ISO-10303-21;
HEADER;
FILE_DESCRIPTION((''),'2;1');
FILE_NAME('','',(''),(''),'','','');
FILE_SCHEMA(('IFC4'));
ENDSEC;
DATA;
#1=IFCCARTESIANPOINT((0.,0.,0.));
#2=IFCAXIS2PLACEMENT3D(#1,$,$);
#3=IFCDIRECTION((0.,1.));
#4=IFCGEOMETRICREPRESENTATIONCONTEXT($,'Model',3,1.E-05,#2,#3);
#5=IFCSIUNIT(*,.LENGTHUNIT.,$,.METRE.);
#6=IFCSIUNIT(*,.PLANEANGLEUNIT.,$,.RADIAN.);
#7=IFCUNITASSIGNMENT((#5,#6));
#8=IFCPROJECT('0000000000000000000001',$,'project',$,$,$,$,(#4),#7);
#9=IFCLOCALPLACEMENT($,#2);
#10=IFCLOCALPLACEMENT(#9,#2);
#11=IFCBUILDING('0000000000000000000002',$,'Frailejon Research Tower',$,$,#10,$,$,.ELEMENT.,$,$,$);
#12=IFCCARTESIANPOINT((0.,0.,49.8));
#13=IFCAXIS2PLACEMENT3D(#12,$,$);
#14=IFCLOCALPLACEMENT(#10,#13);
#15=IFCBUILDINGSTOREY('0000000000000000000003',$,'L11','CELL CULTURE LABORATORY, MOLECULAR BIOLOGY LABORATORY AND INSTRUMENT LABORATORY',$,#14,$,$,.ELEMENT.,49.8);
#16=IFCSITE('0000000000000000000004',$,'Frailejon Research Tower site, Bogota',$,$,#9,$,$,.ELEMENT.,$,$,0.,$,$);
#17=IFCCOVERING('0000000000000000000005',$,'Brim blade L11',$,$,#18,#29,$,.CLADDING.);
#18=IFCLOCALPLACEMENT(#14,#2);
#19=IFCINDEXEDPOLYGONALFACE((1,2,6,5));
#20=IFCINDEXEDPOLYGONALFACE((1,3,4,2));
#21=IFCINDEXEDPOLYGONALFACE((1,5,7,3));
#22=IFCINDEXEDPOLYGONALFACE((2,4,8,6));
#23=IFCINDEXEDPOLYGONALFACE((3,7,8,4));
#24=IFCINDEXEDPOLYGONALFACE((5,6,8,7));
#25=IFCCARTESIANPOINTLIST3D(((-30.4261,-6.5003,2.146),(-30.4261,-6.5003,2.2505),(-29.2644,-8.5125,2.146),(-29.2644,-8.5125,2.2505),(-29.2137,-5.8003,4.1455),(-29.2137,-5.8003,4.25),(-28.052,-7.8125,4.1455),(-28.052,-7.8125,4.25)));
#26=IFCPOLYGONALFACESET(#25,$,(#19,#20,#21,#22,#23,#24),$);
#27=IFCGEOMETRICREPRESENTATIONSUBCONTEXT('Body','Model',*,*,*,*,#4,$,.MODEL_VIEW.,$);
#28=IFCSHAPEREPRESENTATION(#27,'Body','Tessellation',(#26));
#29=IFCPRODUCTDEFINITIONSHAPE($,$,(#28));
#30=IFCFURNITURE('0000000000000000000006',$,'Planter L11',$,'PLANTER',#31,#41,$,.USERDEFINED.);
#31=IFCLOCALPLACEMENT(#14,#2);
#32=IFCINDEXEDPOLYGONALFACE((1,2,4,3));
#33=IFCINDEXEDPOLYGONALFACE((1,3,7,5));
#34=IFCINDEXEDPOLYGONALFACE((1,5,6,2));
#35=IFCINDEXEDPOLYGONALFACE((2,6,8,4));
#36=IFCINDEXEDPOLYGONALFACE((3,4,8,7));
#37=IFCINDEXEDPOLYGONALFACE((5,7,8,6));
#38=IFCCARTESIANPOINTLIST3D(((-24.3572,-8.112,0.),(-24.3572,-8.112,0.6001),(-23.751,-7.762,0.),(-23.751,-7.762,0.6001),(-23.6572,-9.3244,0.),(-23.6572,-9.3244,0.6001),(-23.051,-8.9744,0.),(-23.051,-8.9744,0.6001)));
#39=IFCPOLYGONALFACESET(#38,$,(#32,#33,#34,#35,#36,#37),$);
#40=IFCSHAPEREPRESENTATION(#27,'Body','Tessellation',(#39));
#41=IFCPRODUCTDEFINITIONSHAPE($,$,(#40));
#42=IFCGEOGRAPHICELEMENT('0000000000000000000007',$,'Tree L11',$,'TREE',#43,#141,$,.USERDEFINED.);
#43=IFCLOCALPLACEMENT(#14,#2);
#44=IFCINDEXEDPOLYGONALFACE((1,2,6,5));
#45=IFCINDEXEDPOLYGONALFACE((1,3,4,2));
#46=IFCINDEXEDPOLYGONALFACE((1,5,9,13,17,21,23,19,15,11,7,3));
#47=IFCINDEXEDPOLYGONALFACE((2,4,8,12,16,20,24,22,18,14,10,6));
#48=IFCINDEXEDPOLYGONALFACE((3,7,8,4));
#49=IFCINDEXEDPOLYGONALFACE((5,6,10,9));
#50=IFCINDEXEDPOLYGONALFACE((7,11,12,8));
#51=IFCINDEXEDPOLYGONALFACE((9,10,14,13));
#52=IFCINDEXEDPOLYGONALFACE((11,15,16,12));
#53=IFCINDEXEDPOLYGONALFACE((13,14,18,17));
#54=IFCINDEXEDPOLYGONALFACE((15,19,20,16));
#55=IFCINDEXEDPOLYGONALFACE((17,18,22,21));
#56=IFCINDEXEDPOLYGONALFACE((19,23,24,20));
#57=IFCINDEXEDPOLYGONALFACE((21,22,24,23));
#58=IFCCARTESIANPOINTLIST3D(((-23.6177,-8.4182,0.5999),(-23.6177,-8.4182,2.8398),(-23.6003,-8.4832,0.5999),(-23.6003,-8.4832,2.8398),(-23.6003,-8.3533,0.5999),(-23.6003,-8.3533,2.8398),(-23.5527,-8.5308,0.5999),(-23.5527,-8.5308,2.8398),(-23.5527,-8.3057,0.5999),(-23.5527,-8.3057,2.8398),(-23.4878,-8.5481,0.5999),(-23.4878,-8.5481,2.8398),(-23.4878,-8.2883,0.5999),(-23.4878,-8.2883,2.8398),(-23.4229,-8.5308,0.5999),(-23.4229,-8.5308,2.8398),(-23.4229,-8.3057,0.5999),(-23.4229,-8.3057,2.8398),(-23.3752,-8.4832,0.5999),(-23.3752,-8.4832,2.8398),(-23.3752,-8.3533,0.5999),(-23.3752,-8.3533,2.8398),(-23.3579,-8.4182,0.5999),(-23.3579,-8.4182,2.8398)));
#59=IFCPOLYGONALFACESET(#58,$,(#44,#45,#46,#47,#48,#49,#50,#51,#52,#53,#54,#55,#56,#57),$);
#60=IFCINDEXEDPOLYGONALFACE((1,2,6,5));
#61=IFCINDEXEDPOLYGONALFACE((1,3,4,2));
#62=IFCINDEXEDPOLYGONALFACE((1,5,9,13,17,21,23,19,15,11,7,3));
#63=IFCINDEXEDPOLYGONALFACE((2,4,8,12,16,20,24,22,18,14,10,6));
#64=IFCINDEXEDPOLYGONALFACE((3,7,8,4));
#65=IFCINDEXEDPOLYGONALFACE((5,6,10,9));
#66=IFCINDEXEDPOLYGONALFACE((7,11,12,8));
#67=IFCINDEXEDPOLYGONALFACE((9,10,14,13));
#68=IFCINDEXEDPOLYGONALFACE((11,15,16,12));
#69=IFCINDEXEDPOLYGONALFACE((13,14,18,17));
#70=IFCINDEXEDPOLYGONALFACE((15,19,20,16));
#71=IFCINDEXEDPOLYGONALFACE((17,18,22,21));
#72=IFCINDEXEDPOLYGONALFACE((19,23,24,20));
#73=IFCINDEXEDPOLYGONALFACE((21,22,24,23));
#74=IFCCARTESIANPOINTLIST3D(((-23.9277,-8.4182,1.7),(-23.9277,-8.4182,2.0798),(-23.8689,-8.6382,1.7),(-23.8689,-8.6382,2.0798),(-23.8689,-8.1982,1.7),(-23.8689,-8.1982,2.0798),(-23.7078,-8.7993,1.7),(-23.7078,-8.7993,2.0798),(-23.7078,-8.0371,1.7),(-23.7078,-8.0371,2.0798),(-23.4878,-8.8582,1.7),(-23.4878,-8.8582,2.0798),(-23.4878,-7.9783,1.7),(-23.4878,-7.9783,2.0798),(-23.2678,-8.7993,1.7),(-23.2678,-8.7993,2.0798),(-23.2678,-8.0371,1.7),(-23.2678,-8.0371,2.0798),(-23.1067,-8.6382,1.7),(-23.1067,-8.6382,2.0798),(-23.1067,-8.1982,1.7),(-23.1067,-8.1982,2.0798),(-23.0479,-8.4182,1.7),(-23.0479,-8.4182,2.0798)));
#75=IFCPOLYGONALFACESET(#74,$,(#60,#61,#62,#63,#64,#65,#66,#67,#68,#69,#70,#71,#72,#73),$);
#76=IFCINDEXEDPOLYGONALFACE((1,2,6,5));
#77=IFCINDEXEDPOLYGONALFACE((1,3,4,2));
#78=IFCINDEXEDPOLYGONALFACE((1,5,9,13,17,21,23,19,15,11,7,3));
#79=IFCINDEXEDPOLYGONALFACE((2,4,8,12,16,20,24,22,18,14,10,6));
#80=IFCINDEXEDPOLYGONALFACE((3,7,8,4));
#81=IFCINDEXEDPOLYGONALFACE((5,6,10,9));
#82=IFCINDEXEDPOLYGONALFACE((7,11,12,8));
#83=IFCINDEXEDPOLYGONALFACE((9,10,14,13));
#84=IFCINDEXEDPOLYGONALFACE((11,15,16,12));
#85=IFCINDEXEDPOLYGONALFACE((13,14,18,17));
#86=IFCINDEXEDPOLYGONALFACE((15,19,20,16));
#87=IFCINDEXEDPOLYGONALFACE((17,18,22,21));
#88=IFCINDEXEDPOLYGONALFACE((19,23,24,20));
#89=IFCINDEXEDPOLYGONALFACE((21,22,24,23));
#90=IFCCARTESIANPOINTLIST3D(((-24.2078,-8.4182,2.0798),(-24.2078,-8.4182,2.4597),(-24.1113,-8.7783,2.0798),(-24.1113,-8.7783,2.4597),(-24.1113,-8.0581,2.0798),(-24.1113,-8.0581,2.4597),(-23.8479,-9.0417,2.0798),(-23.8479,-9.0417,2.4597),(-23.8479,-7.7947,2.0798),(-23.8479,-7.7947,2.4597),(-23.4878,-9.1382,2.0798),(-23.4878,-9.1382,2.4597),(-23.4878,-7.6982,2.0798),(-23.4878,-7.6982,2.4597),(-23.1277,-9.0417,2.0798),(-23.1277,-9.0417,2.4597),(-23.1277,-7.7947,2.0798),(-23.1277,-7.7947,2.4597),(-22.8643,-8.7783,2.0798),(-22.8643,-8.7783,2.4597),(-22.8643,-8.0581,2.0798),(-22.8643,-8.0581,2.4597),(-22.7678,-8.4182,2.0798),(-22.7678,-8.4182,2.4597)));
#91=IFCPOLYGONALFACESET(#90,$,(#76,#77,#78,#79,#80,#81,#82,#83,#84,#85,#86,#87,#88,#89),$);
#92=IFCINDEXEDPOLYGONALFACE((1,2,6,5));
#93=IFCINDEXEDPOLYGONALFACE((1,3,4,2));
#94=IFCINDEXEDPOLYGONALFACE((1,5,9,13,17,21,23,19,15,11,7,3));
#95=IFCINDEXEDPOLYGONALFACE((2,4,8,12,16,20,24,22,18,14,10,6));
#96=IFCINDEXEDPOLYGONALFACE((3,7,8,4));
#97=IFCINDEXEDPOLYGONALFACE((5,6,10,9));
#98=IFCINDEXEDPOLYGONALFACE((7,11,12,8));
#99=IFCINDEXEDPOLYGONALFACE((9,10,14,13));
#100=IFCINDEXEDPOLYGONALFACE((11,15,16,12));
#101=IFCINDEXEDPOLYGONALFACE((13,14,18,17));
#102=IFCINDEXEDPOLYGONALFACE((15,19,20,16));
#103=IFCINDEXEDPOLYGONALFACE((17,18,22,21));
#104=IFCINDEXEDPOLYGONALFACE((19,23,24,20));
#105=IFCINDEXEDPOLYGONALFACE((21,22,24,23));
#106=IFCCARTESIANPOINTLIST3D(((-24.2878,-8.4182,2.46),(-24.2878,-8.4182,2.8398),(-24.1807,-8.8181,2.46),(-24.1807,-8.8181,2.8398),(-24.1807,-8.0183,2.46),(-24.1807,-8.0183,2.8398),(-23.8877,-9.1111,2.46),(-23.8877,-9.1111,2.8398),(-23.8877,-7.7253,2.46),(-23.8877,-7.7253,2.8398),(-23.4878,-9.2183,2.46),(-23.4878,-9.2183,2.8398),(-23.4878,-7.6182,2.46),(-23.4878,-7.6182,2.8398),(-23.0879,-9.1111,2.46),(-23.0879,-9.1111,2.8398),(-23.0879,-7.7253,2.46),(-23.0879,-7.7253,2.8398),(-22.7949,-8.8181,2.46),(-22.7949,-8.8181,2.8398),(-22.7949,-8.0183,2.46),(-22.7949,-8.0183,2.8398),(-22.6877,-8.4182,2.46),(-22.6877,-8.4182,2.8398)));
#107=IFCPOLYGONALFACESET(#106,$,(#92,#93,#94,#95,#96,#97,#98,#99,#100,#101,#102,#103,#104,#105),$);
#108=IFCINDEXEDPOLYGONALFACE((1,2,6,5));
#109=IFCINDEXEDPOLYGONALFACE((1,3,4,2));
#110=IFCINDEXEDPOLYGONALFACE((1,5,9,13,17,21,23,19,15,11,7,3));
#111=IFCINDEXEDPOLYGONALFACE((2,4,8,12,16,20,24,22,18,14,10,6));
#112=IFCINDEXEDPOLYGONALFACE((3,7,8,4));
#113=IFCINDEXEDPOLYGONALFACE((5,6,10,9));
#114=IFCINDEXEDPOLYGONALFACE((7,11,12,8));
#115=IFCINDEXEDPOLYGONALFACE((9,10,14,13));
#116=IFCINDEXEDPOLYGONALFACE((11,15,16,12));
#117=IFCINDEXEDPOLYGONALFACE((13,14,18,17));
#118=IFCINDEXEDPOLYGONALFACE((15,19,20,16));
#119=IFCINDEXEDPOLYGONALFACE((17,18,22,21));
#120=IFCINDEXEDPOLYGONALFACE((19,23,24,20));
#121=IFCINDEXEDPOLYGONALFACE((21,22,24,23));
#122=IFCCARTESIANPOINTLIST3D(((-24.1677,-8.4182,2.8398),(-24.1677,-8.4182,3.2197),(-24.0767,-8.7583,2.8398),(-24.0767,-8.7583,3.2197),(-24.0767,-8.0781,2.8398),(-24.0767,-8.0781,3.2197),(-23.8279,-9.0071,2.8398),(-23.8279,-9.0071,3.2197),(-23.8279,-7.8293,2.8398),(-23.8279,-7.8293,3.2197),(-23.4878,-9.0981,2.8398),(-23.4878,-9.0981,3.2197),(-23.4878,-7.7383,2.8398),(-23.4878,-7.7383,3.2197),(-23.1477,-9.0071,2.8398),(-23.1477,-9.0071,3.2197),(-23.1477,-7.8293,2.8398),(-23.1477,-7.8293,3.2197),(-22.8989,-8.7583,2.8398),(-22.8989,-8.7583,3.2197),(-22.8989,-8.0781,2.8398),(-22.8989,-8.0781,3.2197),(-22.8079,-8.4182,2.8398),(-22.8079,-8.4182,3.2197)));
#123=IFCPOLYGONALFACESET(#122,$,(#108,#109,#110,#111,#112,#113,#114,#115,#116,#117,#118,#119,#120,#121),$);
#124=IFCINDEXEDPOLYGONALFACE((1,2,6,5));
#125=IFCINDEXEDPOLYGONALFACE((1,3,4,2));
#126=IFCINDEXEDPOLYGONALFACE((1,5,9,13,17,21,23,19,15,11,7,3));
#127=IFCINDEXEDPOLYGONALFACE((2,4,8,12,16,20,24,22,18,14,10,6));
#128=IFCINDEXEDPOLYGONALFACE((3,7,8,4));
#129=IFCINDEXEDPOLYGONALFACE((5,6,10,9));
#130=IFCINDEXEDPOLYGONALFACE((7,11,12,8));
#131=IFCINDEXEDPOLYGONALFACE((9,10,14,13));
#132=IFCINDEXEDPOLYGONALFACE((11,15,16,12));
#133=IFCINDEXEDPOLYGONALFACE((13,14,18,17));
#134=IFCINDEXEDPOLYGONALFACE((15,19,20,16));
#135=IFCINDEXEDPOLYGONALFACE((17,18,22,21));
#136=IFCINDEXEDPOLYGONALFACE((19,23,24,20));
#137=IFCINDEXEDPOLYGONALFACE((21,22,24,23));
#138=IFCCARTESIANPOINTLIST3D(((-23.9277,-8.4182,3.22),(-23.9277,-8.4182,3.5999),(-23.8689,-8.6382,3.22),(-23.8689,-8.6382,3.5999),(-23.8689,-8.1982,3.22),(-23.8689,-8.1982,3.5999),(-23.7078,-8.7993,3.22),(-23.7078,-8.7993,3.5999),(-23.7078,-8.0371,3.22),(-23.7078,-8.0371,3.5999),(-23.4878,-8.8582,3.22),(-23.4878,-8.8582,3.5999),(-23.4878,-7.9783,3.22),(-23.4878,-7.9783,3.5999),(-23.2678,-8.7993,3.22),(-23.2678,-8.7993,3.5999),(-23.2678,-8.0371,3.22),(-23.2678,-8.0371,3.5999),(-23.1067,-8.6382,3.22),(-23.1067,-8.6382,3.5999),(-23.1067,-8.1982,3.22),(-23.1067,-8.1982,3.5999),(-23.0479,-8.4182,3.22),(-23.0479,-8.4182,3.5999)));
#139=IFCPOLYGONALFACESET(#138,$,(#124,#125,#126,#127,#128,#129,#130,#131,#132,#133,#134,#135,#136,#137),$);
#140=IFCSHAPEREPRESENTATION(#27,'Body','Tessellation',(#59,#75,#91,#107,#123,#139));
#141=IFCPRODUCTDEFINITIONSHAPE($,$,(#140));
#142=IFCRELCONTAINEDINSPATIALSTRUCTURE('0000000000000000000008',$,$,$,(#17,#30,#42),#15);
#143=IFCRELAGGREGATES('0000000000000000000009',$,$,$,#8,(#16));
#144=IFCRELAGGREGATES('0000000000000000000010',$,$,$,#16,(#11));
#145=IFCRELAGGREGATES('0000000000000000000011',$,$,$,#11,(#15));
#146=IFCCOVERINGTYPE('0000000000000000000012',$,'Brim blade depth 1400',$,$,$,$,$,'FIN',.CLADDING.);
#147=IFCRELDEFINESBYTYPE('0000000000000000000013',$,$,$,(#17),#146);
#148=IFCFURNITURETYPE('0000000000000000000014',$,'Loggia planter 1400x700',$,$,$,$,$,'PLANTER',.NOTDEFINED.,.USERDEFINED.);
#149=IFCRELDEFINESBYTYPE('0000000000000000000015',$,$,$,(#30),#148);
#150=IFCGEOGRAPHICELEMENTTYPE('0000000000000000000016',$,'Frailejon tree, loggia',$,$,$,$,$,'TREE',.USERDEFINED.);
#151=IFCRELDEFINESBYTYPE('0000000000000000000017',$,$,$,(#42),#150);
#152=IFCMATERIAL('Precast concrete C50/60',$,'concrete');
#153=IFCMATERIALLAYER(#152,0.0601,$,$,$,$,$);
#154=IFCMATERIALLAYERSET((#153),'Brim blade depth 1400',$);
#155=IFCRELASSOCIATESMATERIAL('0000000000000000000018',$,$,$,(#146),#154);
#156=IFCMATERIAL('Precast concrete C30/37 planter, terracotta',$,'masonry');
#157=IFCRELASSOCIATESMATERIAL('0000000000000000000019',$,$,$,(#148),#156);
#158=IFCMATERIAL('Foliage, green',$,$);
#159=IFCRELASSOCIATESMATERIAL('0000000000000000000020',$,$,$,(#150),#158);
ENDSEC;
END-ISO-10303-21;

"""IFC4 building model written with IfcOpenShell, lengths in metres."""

from ifc_helpers import new_model, si_unit, direction, frame, origin, origin_2d, place, context, subcontext, project, spatial, polyline, rectangle, outline, extrude, material, layer, layer_set, type_object, element, save


model = new_model("IFC4")

# Units and contexts
model_context = context("Model", 3, precision=1e-05, world=origin(), true_north=direction((0.0, 1.0)))
body_context = subcontext(model_context, "Body", "Model", "MODEL_VIEW")
ifc_project = project(units=[si_unit("LENGTHUNIT", "METRE"), si_unit("PLANEANGLEUNIT", "RADIAN")], contexts=[model_context])

# Site, building, storey
site_placement = place(None, origin())
site = spatial("IfcSite", under=ifc_project, at=site_placement, Name="Frailejon Research Tower site, Bogota", CompositionType="ELEMENT", RefElevation=0.0)
building_placement = place(site_placement, origin())
building = spatial("IfcBuilding", under=site, at=building_placement, Name="Frailejon Research Tower", CompositionType="ELEMENT")
storey_placement = place(building_placement, frame((0.0, 0.0, 49.8)))
storey = spatial("IfcBuildingStorey", under=building, at=storey_placement, Name="L11", Description="CELL CULTURE LABORATORY, MOLECULAR BIOLOGY LABORATORY AND INSTRUMENT LABORATORY", CompositionType="ELEMENT", Elevation=49.8)

# Covering
ifc_material_1 = material(Name="Precast concrete C50/60", Category="concrete")
ifc_layer_1 = layer(ifc_material_1, 0.0601)
ifc_layer_set_1 = layer_set([ifc_layer_1], Name="Brim blade depth 1400")
covering_type_1 = type_object("IfcCoveringType", Name="Brim blade depth 1400", ElementType="FIN", PredefinedType="CLADDING", material=ifc_layer_set_1)
for number, where, z_axis, x_axis, name in (
    (1, (-28.052, -7.8125, 4.25), (-0.500001, 0.866025, 0.0), (-0.866025, -0.500001, 0.0), "Brim blade L11"),
):
    element("IfcCovering", number, at=place(storey_placement, frame(where, z_axis=z_axis, x_axis=x_axis)), inside=storey, type_object=covering_type_1, Name=name, PredefinedType="CLADDING", context=body_context, shape_type="SweptSolid", body=[
        extrude(outline(polyline([(0.0, -0.1045), (1.3999, -2.104), (1.3999, -1.9995), (0.0, 0.0), (0.0, -0.1045)])), origin(), (0.0, 0.0, 1.0), 2.3235),
    ])

# Furniture
ifc_material_2 = material(Name="Precast concrete C30/37 planter, terracotta", Category="masonry")
furniture_type = type_object("IfcFurnitureType", Name="Loggia planter 1400x700", ElementType="PLANTER", AssemblyPlace="NOTDEFINED", PredefinedType="USERDEFINED", material=ifc_material_2)
furniture_placement = place(storey_placement, frame((-23.7041, -8.5432, 0.0), z_axis=(0.0, 0.0, 1.0), x_axis=(0.5, -0.866025, 0.0)))
element("IfcFurniture", 2, at=furniture_placement, inside=storey, type_object=furniture_type, Name="Planter L11", ObjectType="PLANTER", PredefinedType="USERDEFINED", context=body_context, shape_type="SweptSolid", body=[
    extrude(rectangle(XDim=1.3999, YDim=0.7, at=origin_2d()), origin(), (0.0, 0.0, 1.0), 0.6001),
])

# Geographic element
ifc_material_3 = material(Name="Foliage, green")
geographic_element_type = type_object("IfcGeographicElementType", Name="Frailejon tree, loggia", ElementType="TREE", PredefinedType="USERDEFINED", material=ifc_material_3)
geographic_element_placement = place(storey_placement, frame((-23.4878, -8.4182, 0.5999)))
element("IfcGeographicElement", 3, at=geographic_element_placement, inside=storey, type_object=geographic_element_type, Name="Tree L11", ObjectType="TREE", PredefinedType="USERDEFINED", context=body_context, shape_type="SweptSolid", body=[
    extrude(outline(polyline([(0.1299, 0.0), (0.1125, 0.0649), (0.0649, 0.1125), (0.0, 0.1299), (-0.0649, 0.1125), (-0.1125, 0.0649), (-0.1299, 0.0), (-0.1125, -0.0649), (-0.0649, -0.1125), (0.0, -0.1299), (0.0649, -0.1125), (0.1125, -0.0649), (0.1299, 0.0)])), origin(), (0.0, 0.0, 1.0), 2.24),
    extrude(outline(polyline([(0.4399, 0.0), (0.3811, 0.22), (0.22, 0.3811), (0.0, 0.4399), (-0.22, 0.3811), (-0.3811, 0.22), (-0.4399, 0.0), (-0.3811, -0.22), (-0.22, -0.3811), (0.0, -0.4399), (0.22, -0.3811), (0.3811, -0.22), (0.4399, 0.0)])), frame((0.0, 0.0, 1.1001)), (0.0, 0.0, 1.0), 0.3799),
    extrude(outline(polyline([(0.72, 0.0), (0.6235, 0.3601), (0.3601, 0.6235), (0.0, 0.72), (-0.3601, 0.6235), (-0.6235, 0.3601), (-0.72, 0.0), (-0.6235, -0.3601), (-0.3601, -0.6235), (0.0, -0.72), (0.3601, -0.6235), (0.6235, -0.3601), (0.72, 0.0)])), frame((0.0, 0.0, 1.48)), (0.0, 0.0, 1.0), 0.3799),
    extrude(outline(polyline([(0.8, 0.0), (0.6929, 0.3999), (0.3999, 0.6929), (0.0, 0.8), (-0.3999, 0.6929), (-0.6929, 0.3999), (-0.8, 0.0), (-0.6929, -0.3999), (-0.3999, -0.6929), (0.0, -0.8), (0.3999, -0.6929), (0.6929, -0.3999), (0.8, 0.0)])), frame((0.0, 0.0, 1.8601)), (0.0, 0.0, 1.0), 0.3799),
    extrude(outline(polyline([(0.6799, 0.0), (0.5889, 0.3401), (0.3401, 0.5889), (0.0, 0.6799), (-0.3401, 0.5889), (-0.5889, 0.3401), (-0.6799, 0.0), (-0.5889, -0.3401), (-0.3401, -0.5889), (0.0, -0.6799), (0.3401, -0.5889), (0.5889, -0.3401), (0.6799, 0.0)])), frame((0.0, 0.0, 2.24)), (0.0, 0.0, 1.0), 0.3799),
    extrude(outline(polyline([(0.4399, 0.0), (0.3811, 0.22), (0.22, 0.3811), (0.0, 0.4399), (-0.22, 0.3811), (-0.3811, 0.22), (-0.4399, 0.0), (-0.3811, -0.22), (-0.22, -0.3811), (0.0, -0.4399), (0.22, -0.3811), (0.3811, -0.22), (0.4399, 0.0)])), frame((0.0, 0.0, 2.6201)), (0.0, 0.0, 1.0), 0.3799),
])

save(model, "model.ifc")
